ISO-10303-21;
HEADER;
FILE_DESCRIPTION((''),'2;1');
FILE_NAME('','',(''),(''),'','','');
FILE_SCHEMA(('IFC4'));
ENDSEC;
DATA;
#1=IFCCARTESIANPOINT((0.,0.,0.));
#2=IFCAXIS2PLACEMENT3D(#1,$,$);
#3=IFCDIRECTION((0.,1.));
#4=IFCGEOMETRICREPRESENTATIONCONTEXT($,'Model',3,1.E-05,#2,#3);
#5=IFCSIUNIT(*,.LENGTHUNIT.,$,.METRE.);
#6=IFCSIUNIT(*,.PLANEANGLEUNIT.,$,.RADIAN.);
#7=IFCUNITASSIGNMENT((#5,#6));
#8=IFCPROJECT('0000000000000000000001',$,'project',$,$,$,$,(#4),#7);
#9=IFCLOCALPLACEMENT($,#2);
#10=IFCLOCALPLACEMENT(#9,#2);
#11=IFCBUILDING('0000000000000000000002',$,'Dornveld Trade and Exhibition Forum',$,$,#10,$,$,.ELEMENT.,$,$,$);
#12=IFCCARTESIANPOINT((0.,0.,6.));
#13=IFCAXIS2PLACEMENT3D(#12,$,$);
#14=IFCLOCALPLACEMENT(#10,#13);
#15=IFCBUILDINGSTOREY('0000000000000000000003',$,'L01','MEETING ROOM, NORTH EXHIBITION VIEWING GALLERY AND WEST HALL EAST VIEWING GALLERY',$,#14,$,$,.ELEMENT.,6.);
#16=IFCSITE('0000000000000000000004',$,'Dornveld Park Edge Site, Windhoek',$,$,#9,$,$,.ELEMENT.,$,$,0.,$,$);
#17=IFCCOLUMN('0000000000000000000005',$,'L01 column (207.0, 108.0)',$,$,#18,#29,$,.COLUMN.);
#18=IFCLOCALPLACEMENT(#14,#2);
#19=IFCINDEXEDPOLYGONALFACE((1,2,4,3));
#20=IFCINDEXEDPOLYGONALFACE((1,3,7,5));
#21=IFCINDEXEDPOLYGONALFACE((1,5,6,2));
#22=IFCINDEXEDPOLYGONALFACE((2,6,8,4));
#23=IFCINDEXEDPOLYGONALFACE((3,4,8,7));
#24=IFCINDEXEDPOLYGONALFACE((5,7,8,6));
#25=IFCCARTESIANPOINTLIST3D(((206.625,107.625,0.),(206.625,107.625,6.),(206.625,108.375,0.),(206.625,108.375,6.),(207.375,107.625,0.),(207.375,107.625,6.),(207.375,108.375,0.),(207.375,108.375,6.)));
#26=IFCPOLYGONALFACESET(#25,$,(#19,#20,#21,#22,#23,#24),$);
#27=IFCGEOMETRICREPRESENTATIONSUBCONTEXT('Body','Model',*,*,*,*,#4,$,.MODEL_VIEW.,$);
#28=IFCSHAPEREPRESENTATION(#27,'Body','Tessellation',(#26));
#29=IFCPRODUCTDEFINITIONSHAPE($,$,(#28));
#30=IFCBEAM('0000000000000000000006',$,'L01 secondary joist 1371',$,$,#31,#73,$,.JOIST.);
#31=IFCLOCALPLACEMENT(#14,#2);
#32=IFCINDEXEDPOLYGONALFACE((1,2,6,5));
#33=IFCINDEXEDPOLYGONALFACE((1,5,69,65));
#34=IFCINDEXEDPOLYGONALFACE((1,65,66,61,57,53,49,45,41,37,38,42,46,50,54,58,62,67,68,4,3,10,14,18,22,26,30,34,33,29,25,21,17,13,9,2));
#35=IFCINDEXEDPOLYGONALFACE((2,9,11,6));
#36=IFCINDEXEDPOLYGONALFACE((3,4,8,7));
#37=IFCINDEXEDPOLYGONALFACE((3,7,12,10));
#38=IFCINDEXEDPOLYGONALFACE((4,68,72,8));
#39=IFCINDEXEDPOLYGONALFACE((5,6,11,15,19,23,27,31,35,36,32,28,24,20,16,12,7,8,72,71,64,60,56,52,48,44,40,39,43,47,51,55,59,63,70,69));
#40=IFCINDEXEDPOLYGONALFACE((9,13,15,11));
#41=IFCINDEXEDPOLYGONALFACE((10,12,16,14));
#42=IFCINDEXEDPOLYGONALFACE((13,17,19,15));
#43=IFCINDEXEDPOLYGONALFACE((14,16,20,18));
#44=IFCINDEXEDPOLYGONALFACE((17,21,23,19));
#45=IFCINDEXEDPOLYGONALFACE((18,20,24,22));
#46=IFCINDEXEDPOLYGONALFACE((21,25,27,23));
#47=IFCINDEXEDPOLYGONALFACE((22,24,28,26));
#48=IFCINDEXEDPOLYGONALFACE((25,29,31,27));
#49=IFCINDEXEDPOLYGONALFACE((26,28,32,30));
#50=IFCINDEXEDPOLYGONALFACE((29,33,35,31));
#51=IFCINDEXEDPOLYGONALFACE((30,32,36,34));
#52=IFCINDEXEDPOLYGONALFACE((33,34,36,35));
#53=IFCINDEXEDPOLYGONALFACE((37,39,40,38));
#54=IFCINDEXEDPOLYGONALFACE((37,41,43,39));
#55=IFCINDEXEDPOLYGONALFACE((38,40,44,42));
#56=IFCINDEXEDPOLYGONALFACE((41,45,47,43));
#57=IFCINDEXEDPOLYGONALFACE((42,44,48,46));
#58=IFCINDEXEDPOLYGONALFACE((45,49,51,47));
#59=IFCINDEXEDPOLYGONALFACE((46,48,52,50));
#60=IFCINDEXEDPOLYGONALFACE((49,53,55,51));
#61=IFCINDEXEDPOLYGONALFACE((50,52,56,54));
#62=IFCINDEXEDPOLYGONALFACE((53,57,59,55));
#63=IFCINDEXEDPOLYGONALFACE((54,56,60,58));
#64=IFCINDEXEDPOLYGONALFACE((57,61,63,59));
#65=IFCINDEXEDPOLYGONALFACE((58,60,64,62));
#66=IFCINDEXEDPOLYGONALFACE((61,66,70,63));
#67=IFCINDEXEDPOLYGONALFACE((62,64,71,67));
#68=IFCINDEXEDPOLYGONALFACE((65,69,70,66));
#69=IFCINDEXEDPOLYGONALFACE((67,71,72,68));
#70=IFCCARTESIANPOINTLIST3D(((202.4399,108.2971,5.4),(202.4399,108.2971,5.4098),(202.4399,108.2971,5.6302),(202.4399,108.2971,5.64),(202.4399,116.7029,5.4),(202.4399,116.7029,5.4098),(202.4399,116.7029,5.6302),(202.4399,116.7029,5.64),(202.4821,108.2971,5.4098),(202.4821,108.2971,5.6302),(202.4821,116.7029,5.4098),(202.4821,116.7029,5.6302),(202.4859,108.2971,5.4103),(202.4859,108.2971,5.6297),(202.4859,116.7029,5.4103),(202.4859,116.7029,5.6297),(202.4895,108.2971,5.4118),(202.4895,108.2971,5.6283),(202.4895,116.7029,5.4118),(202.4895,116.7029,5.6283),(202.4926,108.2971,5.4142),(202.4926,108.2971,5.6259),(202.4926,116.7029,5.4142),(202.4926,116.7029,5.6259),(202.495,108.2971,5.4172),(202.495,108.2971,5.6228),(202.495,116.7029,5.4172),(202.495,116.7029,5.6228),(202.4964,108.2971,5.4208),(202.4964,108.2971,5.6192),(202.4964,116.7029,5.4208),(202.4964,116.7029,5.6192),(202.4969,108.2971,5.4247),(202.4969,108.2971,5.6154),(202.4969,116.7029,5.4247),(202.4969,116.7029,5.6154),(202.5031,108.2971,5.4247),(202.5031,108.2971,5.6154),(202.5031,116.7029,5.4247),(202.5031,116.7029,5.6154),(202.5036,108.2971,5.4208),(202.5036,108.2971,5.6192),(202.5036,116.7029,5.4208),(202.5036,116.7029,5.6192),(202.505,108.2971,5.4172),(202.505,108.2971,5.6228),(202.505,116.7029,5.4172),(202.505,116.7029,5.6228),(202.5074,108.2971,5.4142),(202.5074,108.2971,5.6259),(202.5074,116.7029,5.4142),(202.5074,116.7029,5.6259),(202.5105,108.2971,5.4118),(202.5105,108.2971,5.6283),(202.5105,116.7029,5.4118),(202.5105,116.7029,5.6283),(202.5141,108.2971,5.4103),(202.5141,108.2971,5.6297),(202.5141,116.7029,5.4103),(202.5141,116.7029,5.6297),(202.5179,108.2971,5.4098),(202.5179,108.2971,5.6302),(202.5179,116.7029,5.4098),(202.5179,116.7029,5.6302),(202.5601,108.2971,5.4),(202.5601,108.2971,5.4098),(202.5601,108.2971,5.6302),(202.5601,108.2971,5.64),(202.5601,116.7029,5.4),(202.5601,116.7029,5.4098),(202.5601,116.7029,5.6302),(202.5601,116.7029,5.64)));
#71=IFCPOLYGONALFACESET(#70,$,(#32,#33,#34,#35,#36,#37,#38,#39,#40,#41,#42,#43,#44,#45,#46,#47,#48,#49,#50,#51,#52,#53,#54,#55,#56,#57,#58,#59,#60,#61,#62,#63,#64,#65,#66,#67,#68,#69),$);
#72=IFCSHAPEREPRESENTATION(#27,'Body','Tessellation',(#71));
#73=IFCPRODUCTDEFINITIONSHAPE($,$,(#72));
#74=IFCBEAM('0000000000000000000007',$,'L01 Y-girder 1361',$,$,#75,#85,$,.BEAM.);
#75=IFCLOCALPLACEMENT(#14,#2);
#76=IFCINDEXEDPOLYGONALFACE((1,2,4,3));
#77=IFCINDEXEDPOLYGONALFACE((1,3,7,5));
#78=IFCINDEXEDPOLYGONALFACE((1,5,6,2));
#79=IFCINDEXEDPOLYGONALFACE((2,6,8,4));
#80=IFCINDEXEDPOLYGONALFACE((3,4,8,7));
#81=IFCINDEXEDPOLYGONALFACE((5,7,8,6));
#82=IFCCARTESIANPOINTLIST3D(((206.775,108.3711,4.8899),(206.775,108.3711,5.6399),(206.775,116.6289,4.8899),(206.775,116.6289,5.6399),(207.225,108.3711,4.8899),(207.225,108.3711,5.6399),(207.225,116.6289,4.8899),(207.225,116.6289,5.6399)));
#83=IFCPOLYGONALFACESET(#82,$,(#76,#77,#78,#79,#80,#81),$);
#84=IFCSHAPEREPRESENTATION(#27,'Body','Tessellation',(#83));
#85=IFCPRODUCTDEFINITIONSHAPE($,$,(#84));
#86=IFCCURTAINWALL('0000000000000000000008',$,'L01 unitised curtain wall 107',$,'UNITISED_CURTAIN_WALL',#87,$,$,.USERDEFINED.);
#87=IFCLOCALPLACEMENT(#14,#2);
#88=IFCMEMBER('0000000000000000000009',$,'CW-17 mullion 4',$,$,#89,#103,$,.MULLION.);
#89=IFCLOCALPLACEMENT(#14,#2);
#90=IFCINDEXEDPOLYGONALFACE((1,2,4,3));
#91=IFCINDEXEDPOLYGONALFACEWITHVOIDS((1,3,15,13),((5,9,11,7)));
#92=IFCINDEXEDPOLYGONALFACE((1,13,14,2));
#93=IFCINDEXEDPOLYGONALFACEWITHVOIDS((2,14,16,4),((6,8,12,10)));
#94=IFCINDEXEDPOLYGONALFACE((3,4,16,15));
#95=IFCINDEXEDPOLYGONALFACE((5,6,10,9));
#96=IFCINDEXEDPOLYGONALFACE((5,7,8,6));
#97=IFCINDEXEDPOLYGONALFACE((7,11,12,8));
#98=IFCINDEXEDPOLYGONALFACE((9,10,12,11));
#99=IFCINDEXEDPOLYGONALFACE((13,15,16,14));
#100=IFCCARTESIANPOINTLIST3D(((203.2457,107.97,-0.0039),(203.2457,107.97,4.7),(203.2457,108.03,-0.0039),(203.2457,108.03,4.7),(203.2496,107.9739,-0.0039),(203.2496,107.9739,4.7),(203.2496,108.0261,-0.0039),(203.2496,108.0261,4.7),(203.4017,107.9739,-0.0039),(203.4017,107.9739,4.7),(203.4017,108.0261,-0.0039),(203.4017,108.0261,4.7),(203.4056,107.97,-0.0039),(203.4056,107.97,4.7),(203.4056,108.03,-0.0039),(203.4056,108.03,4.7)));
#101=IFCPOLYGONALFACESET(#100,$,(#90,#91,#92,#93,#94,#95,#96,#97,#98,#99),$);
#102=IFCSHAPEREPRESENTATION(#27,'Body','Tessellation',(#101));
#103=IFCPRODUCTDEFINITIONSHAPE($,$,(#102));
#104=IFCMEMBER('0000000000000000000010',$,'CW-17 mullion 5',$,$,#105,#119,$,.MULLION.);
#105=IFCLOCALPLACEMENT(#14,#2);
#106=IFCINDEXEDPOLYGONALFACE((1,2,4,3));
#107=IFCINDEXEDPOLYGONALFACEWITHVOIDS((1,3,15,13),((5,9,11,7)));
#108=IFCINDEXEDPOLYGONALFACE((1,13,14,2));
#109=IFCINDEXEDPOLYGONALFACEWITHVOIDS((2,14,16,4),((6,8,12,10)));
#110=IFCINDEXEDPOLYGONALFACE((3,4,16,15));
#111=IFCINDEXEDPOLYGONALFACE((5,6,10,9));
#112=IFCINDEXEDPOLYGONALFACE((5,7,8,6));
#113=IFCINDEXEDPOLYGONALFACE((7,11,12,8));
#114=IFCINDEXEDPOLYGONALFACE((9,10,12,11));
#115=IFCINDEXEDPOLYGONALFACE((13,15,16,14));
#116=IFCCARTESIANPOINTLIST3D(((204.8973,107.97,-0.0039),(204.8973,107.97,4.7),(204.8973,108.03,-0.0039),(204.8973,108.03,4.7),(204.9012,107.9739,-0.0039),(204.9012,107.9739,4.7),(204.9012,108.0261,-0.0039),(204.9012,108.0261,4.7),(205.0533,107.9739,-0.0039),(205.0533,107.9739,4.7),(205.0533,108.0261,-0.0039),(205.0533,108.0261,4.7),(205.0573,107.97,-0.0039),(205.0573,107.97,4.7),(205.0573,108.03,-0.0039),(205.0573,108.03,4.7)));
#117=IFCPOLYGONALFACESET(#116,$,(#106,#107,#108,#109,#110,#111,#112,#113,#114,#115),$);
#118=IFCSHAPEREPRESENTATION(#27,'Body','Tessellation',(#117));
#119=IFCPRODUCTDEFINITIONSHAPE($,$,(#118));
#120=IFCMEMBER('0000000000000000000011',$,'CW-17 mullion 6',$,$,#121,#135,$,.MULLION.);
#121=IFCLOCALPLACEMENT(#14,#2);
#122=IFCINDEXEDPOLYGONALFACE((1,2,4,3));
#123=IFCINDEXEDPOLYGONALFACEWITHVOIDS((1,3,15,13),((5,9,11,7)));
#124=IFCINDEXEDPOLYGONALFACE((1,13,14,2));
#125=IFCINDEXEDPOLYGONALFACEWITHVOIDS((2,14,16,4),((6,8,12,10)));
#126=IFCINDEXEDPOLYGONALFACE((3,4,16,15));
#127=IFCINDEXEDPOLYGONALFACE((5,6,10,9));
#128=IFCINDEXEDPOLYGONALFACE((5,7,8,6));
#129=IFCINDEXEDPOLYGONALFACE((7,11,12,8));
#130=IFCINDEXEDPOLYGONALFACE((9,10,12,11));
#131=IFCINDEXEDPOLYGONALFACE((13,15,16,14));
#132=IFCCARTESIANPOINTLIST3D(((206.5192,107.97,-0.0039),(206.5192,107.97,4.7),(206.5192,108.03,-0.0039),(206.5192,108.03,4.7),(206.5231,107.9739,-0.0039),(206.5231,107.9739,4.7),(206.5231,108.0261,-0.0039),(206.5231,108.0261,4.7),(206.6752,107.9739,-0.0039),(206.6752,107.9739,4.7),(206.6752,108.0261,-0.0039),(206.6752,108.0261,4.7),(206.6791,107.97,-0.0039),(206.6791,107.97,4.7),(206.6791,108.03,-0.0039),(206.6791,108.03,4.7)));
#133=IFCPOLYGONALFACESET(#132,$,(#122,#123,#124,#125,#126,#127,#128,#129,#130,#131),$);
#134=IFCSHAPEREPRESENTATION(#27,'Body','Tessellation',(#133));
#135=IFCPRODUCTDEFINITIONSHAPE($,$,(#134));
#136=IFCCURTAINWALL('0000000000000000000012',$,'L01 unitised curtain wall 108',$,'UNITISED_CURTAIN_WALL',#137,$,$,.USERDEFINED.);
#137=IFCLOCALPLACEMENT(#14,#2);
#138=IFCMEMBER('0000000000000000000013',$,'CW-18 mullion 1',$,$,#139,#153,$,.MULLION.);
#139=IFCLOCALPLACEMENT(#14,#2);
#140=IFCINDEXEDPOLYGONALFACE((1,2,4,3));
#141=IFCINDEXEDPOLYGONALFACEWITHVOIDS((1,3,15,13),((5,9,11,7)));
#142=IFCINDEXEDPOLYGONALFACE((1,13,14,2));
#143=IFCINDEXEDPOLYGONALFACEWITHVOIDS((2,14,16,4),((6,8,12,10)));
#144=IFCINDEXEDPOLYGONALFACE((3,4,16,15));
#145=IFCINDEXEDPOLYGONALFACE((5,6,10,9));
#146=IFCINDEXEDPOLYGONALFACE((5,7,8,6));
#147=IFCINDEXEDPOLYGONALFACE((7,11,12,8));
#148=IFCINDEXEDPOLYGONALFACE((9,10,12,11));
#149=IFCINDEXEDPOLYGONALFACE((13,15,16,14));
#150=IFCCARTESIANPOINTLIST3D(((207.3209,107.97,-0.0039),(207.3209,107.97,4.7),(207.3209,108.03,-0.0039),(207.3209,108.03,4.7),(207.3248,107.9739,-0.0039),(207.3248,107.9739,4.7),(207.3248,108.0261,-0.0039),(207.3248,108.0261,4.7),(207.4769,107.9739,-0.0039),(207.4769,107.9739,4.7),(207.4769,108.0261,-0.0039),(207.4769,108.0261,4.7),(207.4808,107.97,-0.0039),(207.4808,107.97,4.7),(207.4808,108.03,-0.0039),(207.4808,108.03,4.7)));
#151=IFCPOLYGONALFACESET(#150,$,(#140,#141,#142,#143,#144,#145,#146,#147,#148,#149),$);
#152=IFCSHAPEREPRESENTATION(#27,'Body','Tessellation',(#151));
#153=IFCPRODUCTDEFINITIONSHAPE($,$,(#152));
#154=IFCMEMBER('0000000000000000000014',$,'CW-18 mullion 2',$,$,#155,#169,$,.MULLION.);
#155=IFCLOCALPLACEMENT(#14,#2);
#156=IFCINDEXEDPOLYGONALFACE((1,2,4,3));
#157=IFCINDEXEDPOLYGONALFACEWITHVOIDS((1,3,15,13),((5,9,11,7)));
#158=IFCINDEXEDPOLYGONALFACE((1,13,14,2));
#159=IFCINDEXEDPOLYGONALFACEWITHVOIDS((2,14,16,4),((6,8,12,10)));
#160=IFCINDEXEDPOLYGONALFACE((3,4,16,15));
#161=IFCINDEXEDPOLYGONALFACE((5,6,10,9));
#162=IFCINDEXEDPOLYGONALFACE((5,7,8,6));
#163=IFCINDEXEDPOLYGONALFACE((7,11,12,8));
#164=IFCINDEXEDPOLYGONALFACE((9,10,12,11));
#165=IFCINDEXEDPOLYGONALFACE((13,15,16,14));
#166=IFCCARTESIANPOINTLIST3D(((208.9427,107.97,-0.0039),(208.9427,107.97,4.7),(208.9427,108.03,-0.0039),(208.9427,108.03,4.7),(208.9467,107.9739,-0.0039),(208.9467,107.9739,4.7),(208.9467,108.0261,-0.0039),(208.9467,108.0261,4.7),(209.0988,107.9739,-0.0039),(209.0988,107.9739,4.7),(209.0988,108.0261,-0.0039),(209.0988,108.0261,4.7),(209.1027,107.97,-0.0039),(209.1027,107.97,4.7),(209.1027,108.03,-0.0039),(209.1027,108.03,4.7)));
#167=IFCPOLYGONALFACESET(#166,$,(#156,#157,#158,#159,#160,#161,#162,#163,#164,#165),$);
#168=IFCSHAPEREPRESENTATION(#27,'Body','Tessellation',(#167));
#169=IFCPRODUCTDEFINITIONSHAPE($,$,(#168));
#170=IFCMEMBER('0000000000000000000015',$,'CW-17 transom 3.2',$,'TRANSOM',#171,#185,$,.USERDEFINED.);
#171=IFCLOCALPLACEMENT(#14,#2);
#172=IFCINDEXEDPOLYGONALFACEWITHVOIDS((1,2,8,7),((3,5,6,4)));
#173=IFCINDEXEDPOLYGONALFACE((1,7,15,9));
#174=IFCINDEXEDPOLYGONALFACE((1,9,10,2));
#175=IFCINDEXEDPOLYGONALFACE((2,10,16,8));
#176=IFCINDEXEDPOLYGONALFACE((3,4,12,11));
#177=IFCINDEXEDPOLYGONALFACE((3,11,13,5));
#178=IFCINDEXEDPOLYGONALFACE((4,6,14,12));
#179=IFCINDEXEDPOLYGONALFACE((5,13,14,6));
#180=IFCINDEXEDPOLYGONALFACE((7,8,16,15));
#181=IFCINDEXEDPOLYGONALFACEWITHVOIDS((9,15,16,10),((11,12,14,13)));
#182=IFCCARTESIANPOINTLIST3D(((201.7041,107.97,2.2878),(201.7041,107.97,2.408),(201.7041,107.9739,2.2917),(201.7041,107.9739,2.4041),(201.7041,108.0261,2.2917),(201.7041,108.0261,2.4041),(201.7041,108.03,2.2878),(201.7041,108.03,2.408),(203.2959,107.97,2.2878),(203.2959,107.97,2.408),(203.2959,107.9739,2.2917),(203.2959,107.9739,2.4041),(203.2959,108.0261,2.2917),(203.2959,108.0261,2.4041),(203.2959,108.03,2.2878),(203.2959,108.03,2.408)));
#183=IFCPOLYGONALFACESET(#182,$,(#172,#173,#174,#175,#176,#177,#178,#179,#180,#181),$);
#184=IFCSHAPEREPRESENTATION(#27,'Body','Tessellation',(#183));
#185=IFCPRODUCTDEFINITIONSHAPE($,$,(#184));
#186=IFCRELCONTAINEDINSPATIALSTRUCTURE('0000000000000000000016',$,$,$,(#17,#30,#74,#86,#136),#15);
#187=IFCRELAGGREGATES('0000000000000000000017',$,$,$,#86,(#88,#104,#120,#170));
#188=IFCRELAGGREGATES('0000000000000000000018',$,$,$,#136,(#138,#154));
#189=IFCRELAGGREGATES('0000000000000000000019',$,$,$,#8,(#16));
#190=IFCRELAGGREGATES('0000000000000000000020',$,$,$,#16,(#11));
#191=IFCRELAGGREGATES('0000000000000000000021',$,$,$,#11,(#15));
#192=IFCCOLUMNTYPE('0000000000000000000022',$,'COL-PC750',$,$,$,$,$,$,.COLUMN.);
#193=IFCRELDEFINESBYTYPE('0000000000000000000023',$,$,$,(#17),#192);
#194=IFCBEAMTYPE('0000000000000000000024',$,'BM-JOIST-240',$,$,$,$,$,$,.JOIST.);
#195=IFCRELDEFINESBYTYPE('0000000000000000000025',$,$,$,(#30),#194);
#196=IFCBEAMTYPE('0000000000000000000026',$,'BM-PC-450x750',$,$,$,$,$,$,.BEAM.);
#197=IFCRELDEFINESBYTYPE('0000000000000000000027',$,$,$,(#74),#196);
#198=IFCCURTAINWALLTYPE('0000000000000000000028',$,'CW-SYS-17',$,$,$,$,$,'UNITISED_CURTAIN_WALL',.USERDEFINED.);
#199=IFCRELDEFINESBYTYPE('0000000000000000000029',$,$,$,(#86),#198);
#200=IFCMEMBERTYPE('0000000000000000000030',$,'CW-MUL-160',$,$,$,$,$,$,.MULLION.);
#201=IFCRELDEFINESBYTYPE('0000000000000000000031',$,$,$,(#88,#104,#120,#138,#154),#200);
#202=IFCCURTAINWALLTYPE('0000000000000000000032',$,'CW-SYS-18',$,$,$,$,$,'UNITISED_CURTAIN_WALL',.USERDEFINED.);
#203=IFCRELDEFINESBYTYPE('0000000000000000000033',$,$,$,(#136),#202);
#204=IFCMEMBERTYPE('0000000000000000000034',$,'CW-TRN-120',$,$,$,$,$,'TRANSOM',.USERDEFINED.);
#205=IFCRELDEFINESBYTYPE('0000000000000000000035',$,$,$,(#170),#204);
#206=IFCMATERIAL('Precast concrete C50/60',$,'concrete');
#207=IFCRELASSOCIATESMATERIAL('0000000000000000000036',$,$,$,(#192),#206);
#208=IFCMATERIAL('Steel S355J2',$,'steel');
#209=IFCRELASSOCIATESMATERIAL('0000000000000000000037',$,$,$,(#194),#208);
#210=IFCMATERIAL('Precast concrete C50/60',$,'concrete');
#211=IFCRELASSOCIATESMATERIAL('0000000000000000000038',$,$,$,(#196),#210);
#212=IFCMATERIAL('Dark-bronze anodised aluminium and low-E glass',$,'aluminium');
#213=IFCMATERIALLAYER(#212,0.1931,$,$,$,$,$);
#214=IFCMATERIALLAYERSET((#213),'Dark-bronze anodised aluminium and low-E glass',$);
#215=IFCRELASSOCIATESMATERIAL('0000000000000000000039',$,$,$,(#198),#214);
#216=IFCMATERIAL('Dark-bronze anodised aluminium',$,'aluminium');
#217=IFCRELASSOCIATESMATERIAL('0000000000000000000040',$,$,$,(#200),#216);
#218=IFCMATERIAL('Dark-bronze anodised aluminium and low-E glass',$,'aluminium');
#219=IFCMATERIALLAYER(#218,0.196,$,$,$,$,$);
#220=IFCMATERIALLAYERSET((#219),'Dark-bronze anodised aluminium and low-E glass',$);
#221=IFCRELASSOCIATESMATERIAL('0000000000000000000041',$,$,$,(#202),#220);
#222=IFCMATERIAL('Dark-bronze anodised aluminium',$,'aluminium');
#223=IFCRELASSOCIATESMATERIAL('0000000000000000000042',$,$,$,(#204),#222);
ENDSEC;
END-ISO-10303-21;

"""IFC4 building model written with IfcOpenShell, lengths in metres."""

from ifc_helpers import new_model, si_unit, direction, frame, origin, origin_2d, place, context, subcontext, project, spatial, rectangle, hollow_rectangle, i_section, extrude, material, layer, layer_set, material_profile, profile_set, type_object, element, aggregate, save


model = new_model("IFC4")

# Units and contexts
model_context = context("Model", 3, precision=1e-05, world=origin(), true_north=direction((0.0, 1.0)))
body_context = subcontext(model_context, "Body", "Model", "MODEL_VIEW")
ifc_project = project(units=[si_unit("LENGTHUNIT", "METRE"), si_unit("PLANEANGLEUNIT", "RADIAN")], contexts=[model_context])

# Site, building, storey
site_placement = place(None, origin())
site = spatial("IfcSite", under=ifc_project, at=site_placement, Name="Dornveld Park Edge Site, Windhoek", CompositionType="ELEMENT", RefElevation=0.0)
building_placement = place(site_placement, origin())
building = spatial("IfcBuilding", under=site, at=building_placement, Name="Dornveld Trade and Exhibition Forum", CompositionType="ELEMENT")
storey_placement = place(building_placement, frame((0.0, 0.0, 6.0)))
storey = spatial("IfcBuildingStorey", under=building, at=storey_placement, Name="L01", Description="MEETING ROOM, NORTH EXHIBITION VIEWING GALLERY AND WEST HALL EAST VIEWING GALLERY", CompositionType="ELEMENT", Elevation=6.0)

# Column
ifc_material_1 = material(Name="Precast concrete C50/60", Category="concrete")
ifc_material_profile_1 = material_profile(ifc_material_1, rectangle(XDim=0.75, YDim=0.75, at=origin_2d()), Name="PC-COL 750x750")
ifc_profile_set_1 = profile_set([ifc_material_profile_1], Name="Precast concrete C50/60")
column_type = type_object("IfcColumnType", Name="COL-PC750", PredefinedType="COLUMN", material=ifc_profile_set_1)
column_placement = place(storey_placement, frame((207.0, 108.0, 0.0), z_axis=(0.0, 0.0, 1.0), x_axis=(1.0, 0.0, 0.0)))
element("IfcColumn", 1, at=column_placement, inside=storey, type_object=column_type, Name="L01 column (207.0, 108.0)", PredefinedType="COLUMN", context=body_context, shape_type="SweptSolid", body=[
    extrude(rectangle(XDim=0.75, YDim=0.75, at=origin_2d()), origin(), (0.0, 0.0, 1.0), 6.0),
])

# Beams
ifc_material_2 = material(Name="Steel S355J2", Category="steel")
ifc_material_profile_2 = material_profile(ifc_material_2, i_section(OverallWidth=0.1201, OverallDepth=0.24, WebThickness=0.0061, FlangeThickness=0.0098, FilletRadius=0.0149, at=origin_2d()), Name="IPE 240")
ifc_profile_set_2 = profile_set([ifc_material_profile_2], Name="Steel S355J2")
beam_type_1 = type_object("IfcBeamType", Name="BM-JOIST-240", PredefinedType="JOIST", material=ifc_profile_set_2)
beam_1_placement = place(storey_placement, frame((202.5, 108.2971, 5.52), z_axis=(0.0, 1.0, 0.0), x_axis=(-1.0, 0.0, 0.0)))
element("IfcBeam", 2, at=beam_1_placement, inside=storey, type_object=beam_type_1, Name="L01 secondary joist 1371", PredefinedType="JOIST", context=body_context, shape_type="SweptSolid", body=[
    extrude(i_section(OverallWidth=0.1201, OverallDepth=0.24, WebThickness=0.0061, FlangeThickness=0.0098, FilletRadius=0.0149, at=origin_2d()), origin(), (0.0, 0.0, 1.0), 8.4058),
])
ifc_material_3 = material(Name="Precast concrete C50/60", Category="concrete")
ifc_material_profile_3 = material_profile(ifc_material_3, rectangle(XDim=0.45, YDim=0.75, at=origin_2d()), Name="PC-BM 450x750")
ifc_profile_set_3 = profile_set([ifc_material_profile_3], Name="Precast concrete C50/60")
beam_type_2 = type_object("IfcBeamType", Name="BM-PC-450x750", PredefinedType="BEAM", material=ifc_profile_set_3)
beam_2_placement = place(storey_placement, frame((207.0, 108.3711, 5.2649), z_axis=(0.0, 1.0, 0.0), x_axis=(-1.0, 0.0, 0.0)))
element("IfcBeam", 3, at=beam_2_placement, inside=storey, type_object=beam_type_2, Name="L01 Y-girder 1361", PredefinedType="BEAM", context=body_context, shape_type="SweptSolid", body=[
    extrude(rectangle(XDim=0.45, YDim=0.75, at=origin_2d()), origin(), (0.0, 0.0, 1.0), 8.2578),
])

# Curtain walls, members
ifc_material_4 = material(Name="Dark-bronze anodised aluminium and low-E glass", Category="aluminium")
ifc_layer_1 = layer(ifc_material_4, 0.1931)
ifc_layer_set_1 = layer_set([ifc_layer_1], Name="Dark-bronze anodised aluminium and low-E glass")
curtain_wall_type_1 = type_object("IfcCurtainWallType", Name="CW-SYS-17", ElementType="UNITISED_CURTAIN_WALL", PredefinedType="USERDEFINED", material=ifc_layer_set_1)
curtain_wall_1_placement = place(storey_placement, origin())
curtain_wall_1 = element("IfcCurtainWall", 4, at=curtain_wall_1_placement, inside=storey, type_object=curtain_wall_type_1, Name="L01 unitised curtain wall 107", ObjectType="UNITISED_CURTAIN_WALL", PredefinedType="USERDEFINED")
ifc_material_5 = material(Name="Dark-bronze anodised aluminium", Category="aluminium")
ifc_material_profile_4 = material_profile(ifc_material_5, hollow_rectangle(XDim=0.0601, YDim=0.1599, WallThickness=0.0039, at=origin_2d()), Name="RHS 160x60x4")
ifc_profile_set_4 = profile_set([ifc_material_profile_4], Name="Dark-bronze anodised aluminium")
member_type_1 = type_object("IfcMemberType", Name="CW-MUL-160", PredefinedType="MULLION", material=ifc_profile_set_4)
member_1_placement = place(storey_placement, frame((203.3257, 108.0, -0.0039), z_axis=(0.0, 0.0, 1.0), x_axis=(0.0, 1.0, 0.0)))
member_1 = element("IfcMember", 5, at=member_1_placement, type_object=member_type_1, Name="CW-17 mullion 4", PredefinedType="MULLION", context=body_context, shape_type="SweptSolid", body=[
    extrude(hollow_rectangle(XDim=0.0601, YDim=0.1599, WallThickness=0.0039, at=origin_2d()), origin(), (0.0, 0.0, 1.0), 4.7039),
])
member_2_placement = place(storey_placement, frame((204.9773, 108.0, -0.0039), z_axis=(0.0, 0.0, 1.0), x_axis=(0.0, 1.0, 0.0)))
member_2 = element("IfcMember", 6, at=member_2_placement, type_object=member_type_1, Name="CW-17 mullion 5", PredefinedType="MULLION", context=body_context, shape_type="SweptSolid", body=[
    extrude(hollow_rectangle(XDim=0.0601, YDim=0.1599, WallThickness=0.0039, at=origin_2d()), origin(), (0.0, 0.0, 1.0), 4.7039),
])
member_3_placement = place(storey_placement, frame((206.5991, 108.0, -0.0039), z_axis=(0.0, 0.0, 1.0), x_axis=(0.0, 1.0, 0.0)))
member_3 = element("IfcMember", 7, at=member_3_placement, type_object=member_type_1, Name="CW-17 mullion 6", PredefinedType="MULLION", context=body_context, shape_type="SweptSolid", body=[
    extrude(hollow_rectangle(XDim=0.0601, YDim=0.1599, WallThickness=0.0039, at=origin_2d()), origin(), (0.0, 0.0, 1.0), 4.7039),
])
ifc_material_6 = material(Name="Dark-bronze anodised aluminium and low-E glass", Category="aluminium")
ifc_layer_2 = layer(ifc_material_6, 0.196)
ifc_layer_set_2 = layer_set([ifc_layer_2], Name="Dark-bronze anodised aluminium and low-E glass")
curtain_wall_type_2 = type_object("IfcCurtainWallType", Name="CW-SYS-18", ElementType="UNITISED_CURTAIN_WALL", PredefinedType="USERDEFINED", material=ifc_layer_set_2)
curtain_wall_2_placement = place(storey_placement, origin())
curtain_wall_2 = element("IfcCurtainWall", 8, at=curtain_wall_2_placement, inside=storey, type_object=curtain_wall_type_2, Name="L01 unitised curtain wall 108", ObjectType="UNITISED_CURTAIN_WALL", PredefinedType="USERDEFINED")
member_4_placement = place(storey_placement, frame((207.4009, 108.0, -0.0039), z_axis=(0.0, 0.0, 1.0), x_axis=(0.0, 1.0, 0.0)))
member_4 = element("IfcMember", 9, at=member_4_placement, type_object=member_type_1, Name="CW-18 mullion 1", PredefinedType="MULLION", context=body_context, shape_type="SweptSolid", body=[
    extrude(hollow_rectangle(XDim=0.0601, YDim=0.1599, WallThickness=0.0039, at=origin_2d()), origin(), (0.0, 0.0, 1.0), 4.7039),
])
member_5_placement = place(storey_placement, frame((209.0227, 108.0, -0.0039), z_axis=(0.0, 0.0, 1.0), x_axis=(0.0, 1.0, 0.0)))
member_5 = element("IfcMember", 10, at=member_5_placement, type_object=member_type_1, Name="CW-18 mullion 2", PredefinedType="MULLION", context=body_context, shape_type="SweptSolid", body=[
    extrude(hollow_rectangle(XDim=0.0601, YDim=0.1599, WallThickness=0.0039, at=origin_2d()), origin(), (0.0, 0.0, 1.0), 4.7039),
])

# Member
ifc_material_7 = material(Name="Dark-bronze anodised aluminium", Category="aluminium")
ifc_material_profile_5 = material_profile(ifc_material_7, hollow_rectangle(XDim=0.0601, YDim=0.1201, WallThickness=0.0039, at=origin_2d()), Name="RHS 120x60x4")
ifc_profile_set_5 = profile_set([ifc_material_profile_5], Name="Dark-bronze anodised aluminium")
member_type_2 = type_object("IfcMemberType", Name="CW-TRN-120", ElementType="TRANSOM", PredefinedType="USERDEFINED", material=ifc_profile_set_5)
member_6_placement = place(storey_placement, frame((201.7041, 108.0, 2.3479), z_axis=(1.0, 0.0, 0.0), x_axis=(0.0, 1.0, 0.0)))
member_6 = element("IfcMember", 11, at=member_6_placement, type_object=member_type_2, Name="CW-17 transom 3.2", ObjectType="TRANSOM", PredefinedType="USERDEFINED", context=body_context, shape_type="SweptSolid", body=[
    extrude(hollow_rectangle(XDim=0.0601, YDim=0.1201, WallThickness=0.0039, at=origin_2d()), origin(), (0.0, 0.0, 1.0), 1.5918),
])

aggregate(curtain_wall_1, [member_1, member_2, member_3, member_6])
aggregate(curtain_wall_2, [member_4, member_5])

save(model, "model.ifc")
